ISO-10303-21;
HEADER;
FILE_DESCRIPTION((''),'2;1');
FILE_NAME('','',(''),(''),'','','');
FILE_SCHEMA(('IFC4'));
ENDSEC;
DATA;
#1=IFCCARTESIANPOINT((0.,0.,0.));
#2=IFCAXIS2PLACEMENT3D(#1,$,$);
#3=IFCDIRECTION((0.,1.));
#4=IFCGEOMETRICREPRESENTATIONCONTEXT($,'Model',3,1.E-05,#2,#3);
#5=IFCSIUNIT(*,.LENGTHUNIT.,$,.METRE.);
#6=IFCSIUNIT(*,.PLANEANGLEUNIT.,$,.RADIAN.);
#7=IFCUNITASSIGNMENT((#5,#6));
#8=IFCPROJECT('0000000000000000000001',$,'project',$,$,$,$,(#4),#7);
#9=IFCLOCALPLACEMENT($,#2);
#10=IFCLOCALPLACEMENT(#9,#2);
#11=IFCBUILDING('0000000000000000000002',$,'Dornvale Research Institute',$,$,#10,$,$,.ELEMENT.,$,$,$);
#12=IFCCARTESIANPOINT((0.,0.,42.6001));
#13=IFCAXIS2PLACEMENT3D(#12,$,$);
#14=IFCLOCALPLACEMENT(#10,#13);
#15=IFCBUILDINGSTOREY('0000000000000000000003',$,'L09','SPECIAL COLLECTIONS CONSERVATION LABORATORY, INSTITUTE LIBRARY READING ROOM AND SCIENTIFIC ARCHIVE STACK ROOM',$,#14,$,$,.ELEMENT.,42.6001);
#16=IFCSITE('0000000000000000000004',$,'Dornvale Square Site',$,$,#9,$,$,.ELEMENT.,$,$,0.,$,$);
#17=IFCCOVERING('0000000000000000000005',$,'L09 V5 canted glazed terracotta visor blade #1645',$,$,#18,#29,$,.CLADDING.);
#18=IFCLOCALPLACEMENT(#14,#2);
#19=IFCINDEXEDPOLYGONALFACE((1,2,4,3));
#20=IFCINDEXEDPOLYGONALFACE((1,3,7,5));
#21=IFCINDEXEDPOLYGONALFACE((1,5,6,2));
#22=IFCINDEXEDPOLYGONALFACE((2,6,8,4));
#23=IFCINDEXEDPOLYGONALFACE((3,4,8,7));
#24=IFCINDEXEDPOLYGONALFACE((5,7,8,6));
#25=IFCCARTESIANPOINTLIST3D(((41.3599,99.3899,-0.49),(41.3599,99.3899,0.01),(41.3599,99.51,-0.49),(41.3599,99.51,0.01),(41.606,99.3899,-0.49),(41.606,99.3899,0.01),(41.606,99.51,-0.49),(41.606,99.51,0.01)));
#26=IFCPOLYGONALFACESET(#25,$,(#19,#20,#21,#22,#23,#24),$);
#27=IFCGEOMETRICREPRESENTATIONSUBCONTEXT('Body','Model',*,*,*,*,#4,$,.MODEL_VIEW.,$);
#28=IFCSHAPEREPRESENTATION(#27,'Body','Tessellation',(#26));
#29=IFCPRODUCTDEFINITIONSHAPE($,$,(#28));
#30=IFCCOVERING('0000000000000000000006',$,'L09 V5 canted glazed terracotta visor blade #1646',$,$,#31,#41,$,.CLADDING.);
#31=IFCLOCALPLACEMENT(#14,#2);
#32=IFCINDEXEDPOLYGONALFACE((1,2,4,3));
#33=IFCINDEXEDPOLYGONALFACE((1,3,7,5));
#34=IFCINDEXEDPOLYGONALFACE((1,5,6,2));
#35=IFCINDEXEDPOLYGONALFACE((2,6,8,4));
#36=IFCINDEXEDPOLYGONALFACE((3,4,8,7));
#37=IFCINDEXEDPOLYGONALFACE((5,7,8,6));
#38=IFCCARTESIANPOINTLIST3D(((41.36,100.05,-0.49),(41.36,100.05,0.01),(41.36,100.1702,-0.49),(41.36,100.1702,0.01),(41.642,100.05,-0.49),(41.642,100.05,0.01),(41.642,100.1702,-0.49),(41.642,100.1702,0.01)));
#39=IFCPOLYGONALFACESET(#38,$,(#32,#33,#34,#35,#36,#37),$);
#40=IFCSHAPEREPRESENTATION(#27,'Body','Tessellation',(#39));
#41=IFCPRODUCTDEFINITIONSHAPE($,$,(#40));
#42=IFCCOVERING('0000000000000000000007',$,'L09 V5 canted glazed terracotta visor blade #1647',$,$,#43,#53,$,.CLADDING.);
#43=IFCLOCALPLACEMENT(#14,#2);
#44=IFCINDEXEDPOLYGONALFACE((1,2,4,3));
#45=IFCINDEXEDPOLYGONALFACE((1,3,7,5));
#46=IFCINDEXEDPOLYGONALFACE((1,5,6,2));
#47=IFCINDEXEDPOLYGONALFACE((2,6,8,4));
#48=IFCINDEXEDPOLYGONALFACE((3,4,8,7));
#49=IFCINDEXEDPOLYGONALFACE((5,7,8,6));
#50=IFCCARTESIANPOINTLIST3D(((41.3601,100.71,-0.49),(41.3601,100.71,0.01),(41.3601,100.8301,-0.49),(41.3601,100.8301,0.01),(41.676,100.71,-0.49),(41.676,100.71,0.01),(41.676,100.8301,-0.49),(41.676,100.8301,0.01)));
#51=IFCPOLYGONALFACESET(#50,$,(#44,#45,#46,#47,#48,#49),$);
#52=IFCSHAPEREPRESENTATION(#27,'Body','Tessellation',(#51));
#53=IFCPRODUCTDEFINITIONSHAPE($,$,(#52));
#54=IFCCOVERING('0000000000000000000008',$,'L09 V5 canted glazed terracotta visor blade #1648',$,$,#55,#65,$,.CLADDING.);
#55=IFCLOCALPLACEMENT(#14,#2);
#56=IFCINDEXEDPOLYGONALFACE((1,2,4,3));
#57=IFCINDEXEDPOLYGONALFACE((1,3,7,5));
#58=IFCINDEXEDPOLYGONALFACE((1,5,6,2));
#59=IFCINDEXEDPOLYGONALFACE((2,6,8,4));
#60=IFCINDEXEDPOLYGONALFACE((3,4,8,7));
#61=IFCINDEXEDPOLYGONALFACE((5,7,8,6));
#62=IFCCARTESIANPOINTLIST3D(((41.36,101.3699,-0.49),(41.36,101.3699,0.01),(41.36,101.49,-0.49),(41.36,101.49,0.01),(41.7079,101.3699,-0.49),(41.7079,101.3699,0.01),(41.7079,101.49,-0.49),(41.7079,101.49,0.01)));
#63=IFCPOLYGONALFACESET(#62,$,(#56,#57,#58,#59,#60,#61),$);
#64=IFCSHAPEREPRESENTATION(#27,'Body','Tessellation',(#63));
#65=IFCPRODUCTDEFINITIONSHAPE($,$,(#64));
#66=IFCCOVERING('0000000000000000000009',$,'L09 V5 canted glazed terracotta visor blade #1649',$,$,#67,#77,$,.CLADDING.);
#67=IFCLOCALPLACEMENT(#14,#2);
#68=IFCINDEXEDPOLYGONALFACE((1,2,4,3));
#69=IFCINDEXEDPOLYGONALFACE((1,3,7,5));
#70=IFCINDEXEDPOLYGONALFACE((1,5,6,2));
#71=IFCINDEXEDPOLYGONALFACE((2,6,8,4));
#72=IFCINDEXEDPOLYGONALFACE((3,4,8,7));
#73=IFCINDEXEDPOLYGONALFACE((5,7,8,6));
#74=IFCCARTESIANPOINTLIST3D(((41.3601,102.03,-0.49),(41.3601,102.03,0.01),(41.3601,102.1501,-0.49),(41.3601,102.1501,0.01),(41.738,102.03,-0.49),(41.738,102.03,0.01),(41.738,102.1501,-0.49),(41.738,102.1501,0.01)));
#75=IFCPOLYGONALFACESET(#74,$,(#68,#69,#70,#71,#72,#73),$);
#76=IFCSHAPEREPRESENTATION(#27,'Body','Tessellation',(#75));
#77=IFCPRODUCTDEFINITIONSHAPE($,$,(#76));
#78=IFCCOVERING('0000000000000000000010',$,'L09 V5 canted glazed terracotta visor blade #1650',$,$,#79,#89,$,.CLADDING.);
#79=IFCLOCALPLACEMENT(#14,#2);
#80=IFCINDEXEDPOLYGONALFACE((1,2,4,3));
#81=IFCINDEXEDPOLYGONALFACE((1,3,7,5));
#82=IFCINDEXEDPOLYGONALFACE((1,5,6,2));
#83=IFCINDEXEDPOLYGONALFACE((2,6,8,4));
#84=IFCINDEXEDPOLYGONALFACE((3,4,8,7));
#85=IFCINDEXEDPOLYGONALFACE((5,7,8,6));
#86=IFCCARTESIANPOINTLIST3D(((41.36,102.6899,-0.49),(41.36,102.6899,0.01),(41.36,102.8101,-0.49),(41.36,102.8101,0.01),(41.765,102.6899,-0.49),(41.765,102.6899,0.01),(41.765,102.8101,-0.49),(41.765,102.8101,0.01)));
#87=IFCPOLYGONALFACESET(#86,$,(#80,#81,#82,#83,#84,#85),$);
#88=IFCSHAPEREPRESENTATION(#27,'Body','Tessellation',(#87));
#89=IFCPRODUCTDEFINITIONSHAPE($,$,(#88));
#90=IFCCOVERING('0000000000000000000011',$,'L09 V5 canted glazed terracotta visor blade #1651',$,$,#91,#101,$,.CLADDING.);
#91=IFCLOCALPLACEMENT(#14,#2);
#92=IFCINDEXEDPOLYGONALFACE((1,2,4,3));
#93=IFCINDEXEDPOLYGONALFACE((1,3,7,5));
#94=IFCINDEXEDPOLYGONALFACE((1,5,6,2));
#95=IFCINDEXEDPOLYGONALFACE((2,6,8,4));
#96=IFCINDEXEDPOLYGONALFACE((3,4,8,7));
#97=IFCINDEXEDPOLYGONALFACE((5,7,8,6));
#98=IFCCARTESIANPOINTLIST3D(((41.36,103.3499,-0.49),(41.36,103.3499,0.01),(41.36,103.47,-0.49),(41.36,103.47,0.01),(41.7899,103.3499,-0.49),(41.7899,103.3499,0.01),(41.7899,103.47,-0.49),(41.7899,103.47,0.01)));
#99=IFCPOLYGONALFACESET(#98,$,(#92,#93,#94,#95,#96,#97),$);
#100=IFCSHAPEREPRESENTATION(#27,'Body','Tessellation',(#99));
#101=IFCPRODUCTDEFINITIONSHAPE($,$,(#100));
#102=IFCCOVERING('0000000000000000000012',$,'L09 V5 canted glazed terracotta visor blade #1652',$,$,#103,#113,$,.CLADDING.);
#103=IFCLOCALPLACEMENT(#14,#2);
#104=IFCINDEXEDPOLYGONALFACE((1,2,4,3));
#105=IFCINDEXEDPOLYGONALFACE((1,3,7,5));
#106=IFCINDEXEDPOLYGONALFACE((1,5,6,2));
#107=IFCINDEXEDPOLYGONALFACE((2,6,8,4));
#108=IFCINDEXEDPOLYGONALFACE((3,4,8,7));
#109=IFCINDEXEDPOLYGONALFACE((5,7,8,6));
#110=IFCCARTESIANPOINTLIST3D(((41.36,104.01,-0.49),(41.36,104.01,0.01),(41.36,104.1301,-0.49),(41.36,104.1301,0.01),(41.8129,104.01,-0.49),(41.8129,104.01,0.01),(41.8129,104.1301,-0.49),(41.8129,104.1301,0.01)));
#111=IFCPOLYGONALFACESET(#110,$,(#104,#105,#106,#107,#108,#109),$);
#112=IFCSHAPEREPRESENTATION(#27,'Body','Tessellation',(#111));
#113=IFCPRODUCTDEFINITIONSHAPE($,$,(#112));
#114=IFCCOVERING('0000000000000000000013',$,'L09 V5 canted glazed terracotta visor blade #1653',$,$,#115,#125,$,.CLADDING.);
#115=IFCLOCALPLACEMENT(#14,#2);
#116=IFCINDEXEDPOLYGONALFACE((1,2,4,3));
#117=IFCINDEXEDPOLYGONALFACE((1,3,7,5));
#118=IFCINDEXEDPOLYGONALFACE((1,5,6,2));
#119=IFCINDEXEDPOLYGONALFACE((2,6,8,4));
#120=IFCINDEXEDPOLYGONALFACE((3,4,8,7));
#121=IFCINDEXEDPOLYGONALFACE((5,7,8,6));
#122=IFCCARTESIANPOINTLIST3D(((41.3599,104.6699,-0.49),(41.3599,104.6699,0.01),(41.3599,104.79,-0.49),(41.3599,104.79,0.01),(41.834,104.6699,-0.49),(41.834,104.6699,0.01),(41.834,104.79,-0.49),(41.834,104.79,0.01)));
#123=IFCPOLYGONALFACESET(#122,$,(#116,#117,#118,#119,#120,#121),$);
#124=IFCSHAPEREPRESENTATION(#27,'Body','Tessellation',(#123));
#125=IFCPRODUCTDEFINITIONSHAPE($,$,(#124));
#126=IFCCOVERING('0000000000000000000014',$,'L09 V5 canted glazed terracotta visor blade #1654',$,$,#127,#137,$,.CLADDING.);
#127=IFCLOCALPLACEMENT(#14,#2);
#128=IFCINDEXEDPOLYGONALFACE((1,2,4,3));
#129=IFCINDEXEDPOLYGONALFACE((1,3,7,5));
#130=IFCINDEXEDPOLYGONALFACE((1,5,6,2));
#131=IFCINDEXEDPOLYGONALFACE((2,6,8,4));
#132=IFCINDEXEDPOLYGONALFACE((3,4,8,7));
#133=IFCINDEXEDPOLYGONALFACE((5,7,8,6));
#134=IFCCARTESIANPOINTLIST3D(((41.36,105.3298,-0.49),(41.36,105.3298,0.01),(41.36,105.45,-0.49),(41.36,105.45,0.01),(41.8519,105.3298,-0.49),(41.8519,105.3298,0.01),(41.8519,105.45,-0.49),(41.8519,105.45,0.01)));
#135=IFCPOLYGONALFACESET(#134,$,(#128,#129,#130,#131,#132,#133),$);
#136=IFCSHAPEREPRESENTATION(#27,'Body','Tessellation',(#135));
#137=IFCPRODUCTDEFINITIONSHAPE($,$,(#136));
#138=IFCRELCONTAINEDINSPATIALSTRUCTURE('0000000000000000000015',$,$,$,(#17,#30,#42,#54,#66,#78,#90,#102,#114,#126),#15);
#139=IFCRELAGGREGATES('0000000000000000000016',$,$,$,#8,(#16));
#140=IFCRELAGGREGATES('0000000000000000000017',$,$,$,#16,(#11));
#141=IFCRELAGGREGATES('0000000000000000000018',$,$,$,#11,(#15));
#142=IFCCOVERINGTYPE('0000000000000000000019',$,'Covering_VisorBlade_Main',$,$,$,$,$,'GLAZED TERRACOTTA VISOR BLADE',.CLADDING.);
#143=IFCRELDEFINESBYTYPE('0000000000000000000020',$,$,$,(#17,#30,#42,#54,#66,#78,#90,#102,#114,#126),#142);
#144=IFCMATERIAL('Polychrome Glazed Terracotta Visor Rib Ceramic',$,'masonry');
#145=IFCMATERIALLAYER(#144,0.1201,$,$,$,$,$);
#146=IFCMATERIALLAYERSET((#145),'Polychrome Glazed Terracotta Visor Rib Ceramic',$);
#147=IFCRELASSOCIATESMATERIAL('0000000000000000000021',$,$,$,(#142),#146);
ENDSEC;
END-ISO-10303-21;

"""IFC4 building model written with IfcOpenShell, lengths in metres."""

from ifc_helpers import new_model, si_unit, direction, frame, origin, origin_2d, place, context, subcontext, project, spatial, rectangle, extrude, material, layer, layer_set, type_object, element, save


model = new_model("IFC4")

# Units and contexts
model_context = context("Model", 3, precision=1e-05, world=origin(), true_north=direction((0.0, 1.0)))
body_context = subcontext(model_context, "Body", "Model", "MODEL_VIEW")
ifc_project = project(units=[si_unit("LENGTHUNIT", "METRE"), si_unit("PLANEANGLEUNIT", "RADIAN")], contexts=[model_context])

# Site, building, storey
site_placement = place(None, origin())
site = spatial("IfcSite", under=ifc_project, at=site_placement, Name="Dornvale Square Site", CompositionType="ELEMENT", RefElevation=0.0)
building_placement = place(site_placement, origin())
building = spatial("IfcBuilding", under=site, at=building_placement, Name="Dornvale Research Institute", CompositionType="ELEMENT")
storey_placement = place(building_placement, frame((0.0, 0.0, 42.6001)))
storey = spatial("IfcBuildingStorey", under=building, at=storey_placement, Name="L09", Description="SPECIAL COLLECTIONS CONSERVATION LABORATORY, INSTITUTE LIBRARY READING ROOM AND SCIENTIFIC ARCHIVE STACK ROOM", CompositionType="ELEMENT", Elevation=42.6001)

# Coverings
ifc_material_1 = material(Name="Polychrome Glazed Terracotta Visor Rib Ceramic", Category="masonry")
ifc_layer_1 = layer(ifc_material_1, 0.1201)
ifc_layer_set_1 = layer_set([ifc_layer_1], Name="Polychrome Glazed Terracotta Visor Rib Ceramic")
covering_type = type_object("IfcCoveringType", Name="Covering_VisorBlade_Main", ElementType="GLAZED TERRACOTTA VISOR BLADE", PredefinedType="CLADDING", material=ifc_layer_set_1)
covering_1_placement = place(storey_placement, frame((41.4829, 99.45, -0.49), z_axis=(0.0, 0.0, 1.0), x_axis=(1.0, 0.0, 0.0)))
element("IfcCovering", 1, at=covering_1_placement, inside=storey, type_object=covering_type, Name="L09 V5 canted glazed terracotta visor blade #1645", PredefinedType="CLADDING", context=body_context, shape_type="SweptSolid", body=[
    extrude(rectangle(XDim=0.2461, YDim=0.1201, at=origin_2d()), origin(), (0.0, 0.0, 1.0), 0.5),
])
covering_2_placement = place(storey_placement, frame((41.501, 100.1101, -0.49), z_axis=(0.0, 0.0, 1.0), x_axis=(1.0, 0.0, 0.0)))
element("IfcCovering", 2, at=covering_2_placement, inside=storey, type_object=covering_type, Name="L09 V5 canted glazed terracotta visor blade #1646", PredefinedType="CLADDING", context=body_context, shape_type="SweptSolid", body=[
    extrude(rectangle(XDim=0.282, YDim=0.1201, at=origin_2d()), origin(), (0.0, 0.0, 1.0), 0.5),
])
covering_3_placement = place(storey_placement, frame((41.5181, 100.77, -0.49), z_axis=(0.0, 0.0, 1.0), x_axis=(1.0, 0.0, 0.0)))
element("IfcCovering", 3, at=covering_3_placement, inside=storey, type_object=covering_type, Name="L09 V5 canted glazed terracotta visor blade #1647", PredefinedType="CLADDING", context=body_context, shape_type="SweptSolid", body=[
    extrude(rectangle(XDim=0.3159, YDim=0.1201, at=origin_2d()), origin(), (0.0, 0.0, 1.0), 0.5),
])
covering_4_placement = place(storey_placement, frame((41.5339, 101.4299, -0.49), z_axis=(0.0, 0.0, 1.0), x_axis=(1.0, 0.0, 0.0)))
element("IfcCovering", 4, at=covering_4_placement, inside=storey, type_object=covering_type, Name="L09 V5 canted glazed terracotta visor blade #1648", PredefinedType="CLADDING", context=body_context, shape_type="SweptSolid", body=[
    extrude(rectangle(XDim=0.3479, YDim=0.1201, at=origin_2d()), origin(), (0.0, 0.0, 1.0), 0.5),
])
covering_5_placement = place(storey_placement, frame((41.5491, 102.0901, -0.49), z_axis=(0.0, 0.0, 1.0), x_axis=(1.0, 0.0, 0.0)))
element("IfcCovering", 5, at=covering_5_placement, inside=storey, type_object=covering_type, Name="L09 V5 canted glazed terracotta visor blade #1649", PredefinedType="CLADDING", context=body_context, shape_type="SweptSolid", body=[
    extrude(rectangle(XDim=0.3779, YDim=0.1201, at=origin_2d()), origin(), (0.0, 0.0, 1.0), 0.5),
])
covering_6_placement = place(storey_placement, frame((41.5625, 102.75, -0.49), z_axis=(0.0, 0.0, 1.0), x_axis=(1.0, 0.0, 0.0)))
element("IfcCovering", 6, at=covering_6_placement, inside=storey, type_object=covering_type, Name="L09 V5 canted glazed terracotta visor blade #1650", PredefinedType="CLADDING", context=body_context, shape_type="SweptSolid", body=[
    extrude(rectangle(XDim=0.405, YDim=0.1201, at=origin_2d()), origin(), (0.0, 0.0, 1.0), 0.5),
])
covering_7_placement = place(storey_placement, frame((41.575, 103.4099, -0.49), z_axis=(0.0, 0.0, 1.0), x_axis=(1.0, 0.0, 0.0)))
element("IfcCovering", 7, at=covering_7_placement, inside=storey, type_object=covering_type, Name="L09 V5 canted glazed terracotta visor blade #1651", PredefinedType="CLADDING", context=body_context, shape_type="SweptSolid", body=[
    extrude(rectangle(XDim=0.4299, YDim=0.1201, at=origin_2d()), origin(), (0.0, 0.0, 1.0), 0.5),
])
covering_8_placement = place(storey_placement, frame((41.5864, 104.0701, -0.49), z_axis=(0.0, 0.0, 1.0), x_axis=(1.0, 0.0, 0.0)))
element("IfcCovering", 8, at=covering_8_placement, inside=storey, type_object=covering_type, Name="L09 V5 canted glazed terracotta visor blade #1652", PredefinedType="CLADDING", context=body_context, shape_type="SweptSolid", body=[
    extrude(rectangle(XDim=0.4529, YDim=0.1201, at=origin_2d()), origin(), (0.0, 0.0, 1.0), 0.5),
])
covering_9_placement = place(storey_placement, frame((41.5969, 104.73, -0.49), z_axis=(0.0, 0.0, 1.0), x_axis=(1.0, 0.0, 0.0)))
element("IfcCovering", 9, at=covering_9_placement, inside=storey, type_object=covering_type, Name="L09 V5 canted glazed terracotta visor blade #1653", PredefinedType="CLADDING", context=body_context, shape_type="SweptSolid", body=[
    extrude(rectangle(XDim=0.4741, YDim=0.1201, at=origin_2d()), origin(), (0.0, 0.0, 1.0), 0.5),
])
covering_10_placement = place(storey_placement, frame((41.606, 105.3899, -0.49), z_axis=(0.0, 0.0, 1.0), x_axis=(1.0, 0.0, 0.0)))
element("IfcCovering", 10, at=covering_10_placement, inside=storey, type_object=covering_type, Name="L09 V5 canted glazed terracotta visor blade #1654", PredefinedType="CLADDING", context=body_context, shape_type="SweptSolid", body=[
    extrude(rectangle(XDim=0.4919, YDim=0.1201, at=origin_2d()), origin(), (0.0, 0.0, 1.0), 0.5),
])

save(model, "model.ifc")
